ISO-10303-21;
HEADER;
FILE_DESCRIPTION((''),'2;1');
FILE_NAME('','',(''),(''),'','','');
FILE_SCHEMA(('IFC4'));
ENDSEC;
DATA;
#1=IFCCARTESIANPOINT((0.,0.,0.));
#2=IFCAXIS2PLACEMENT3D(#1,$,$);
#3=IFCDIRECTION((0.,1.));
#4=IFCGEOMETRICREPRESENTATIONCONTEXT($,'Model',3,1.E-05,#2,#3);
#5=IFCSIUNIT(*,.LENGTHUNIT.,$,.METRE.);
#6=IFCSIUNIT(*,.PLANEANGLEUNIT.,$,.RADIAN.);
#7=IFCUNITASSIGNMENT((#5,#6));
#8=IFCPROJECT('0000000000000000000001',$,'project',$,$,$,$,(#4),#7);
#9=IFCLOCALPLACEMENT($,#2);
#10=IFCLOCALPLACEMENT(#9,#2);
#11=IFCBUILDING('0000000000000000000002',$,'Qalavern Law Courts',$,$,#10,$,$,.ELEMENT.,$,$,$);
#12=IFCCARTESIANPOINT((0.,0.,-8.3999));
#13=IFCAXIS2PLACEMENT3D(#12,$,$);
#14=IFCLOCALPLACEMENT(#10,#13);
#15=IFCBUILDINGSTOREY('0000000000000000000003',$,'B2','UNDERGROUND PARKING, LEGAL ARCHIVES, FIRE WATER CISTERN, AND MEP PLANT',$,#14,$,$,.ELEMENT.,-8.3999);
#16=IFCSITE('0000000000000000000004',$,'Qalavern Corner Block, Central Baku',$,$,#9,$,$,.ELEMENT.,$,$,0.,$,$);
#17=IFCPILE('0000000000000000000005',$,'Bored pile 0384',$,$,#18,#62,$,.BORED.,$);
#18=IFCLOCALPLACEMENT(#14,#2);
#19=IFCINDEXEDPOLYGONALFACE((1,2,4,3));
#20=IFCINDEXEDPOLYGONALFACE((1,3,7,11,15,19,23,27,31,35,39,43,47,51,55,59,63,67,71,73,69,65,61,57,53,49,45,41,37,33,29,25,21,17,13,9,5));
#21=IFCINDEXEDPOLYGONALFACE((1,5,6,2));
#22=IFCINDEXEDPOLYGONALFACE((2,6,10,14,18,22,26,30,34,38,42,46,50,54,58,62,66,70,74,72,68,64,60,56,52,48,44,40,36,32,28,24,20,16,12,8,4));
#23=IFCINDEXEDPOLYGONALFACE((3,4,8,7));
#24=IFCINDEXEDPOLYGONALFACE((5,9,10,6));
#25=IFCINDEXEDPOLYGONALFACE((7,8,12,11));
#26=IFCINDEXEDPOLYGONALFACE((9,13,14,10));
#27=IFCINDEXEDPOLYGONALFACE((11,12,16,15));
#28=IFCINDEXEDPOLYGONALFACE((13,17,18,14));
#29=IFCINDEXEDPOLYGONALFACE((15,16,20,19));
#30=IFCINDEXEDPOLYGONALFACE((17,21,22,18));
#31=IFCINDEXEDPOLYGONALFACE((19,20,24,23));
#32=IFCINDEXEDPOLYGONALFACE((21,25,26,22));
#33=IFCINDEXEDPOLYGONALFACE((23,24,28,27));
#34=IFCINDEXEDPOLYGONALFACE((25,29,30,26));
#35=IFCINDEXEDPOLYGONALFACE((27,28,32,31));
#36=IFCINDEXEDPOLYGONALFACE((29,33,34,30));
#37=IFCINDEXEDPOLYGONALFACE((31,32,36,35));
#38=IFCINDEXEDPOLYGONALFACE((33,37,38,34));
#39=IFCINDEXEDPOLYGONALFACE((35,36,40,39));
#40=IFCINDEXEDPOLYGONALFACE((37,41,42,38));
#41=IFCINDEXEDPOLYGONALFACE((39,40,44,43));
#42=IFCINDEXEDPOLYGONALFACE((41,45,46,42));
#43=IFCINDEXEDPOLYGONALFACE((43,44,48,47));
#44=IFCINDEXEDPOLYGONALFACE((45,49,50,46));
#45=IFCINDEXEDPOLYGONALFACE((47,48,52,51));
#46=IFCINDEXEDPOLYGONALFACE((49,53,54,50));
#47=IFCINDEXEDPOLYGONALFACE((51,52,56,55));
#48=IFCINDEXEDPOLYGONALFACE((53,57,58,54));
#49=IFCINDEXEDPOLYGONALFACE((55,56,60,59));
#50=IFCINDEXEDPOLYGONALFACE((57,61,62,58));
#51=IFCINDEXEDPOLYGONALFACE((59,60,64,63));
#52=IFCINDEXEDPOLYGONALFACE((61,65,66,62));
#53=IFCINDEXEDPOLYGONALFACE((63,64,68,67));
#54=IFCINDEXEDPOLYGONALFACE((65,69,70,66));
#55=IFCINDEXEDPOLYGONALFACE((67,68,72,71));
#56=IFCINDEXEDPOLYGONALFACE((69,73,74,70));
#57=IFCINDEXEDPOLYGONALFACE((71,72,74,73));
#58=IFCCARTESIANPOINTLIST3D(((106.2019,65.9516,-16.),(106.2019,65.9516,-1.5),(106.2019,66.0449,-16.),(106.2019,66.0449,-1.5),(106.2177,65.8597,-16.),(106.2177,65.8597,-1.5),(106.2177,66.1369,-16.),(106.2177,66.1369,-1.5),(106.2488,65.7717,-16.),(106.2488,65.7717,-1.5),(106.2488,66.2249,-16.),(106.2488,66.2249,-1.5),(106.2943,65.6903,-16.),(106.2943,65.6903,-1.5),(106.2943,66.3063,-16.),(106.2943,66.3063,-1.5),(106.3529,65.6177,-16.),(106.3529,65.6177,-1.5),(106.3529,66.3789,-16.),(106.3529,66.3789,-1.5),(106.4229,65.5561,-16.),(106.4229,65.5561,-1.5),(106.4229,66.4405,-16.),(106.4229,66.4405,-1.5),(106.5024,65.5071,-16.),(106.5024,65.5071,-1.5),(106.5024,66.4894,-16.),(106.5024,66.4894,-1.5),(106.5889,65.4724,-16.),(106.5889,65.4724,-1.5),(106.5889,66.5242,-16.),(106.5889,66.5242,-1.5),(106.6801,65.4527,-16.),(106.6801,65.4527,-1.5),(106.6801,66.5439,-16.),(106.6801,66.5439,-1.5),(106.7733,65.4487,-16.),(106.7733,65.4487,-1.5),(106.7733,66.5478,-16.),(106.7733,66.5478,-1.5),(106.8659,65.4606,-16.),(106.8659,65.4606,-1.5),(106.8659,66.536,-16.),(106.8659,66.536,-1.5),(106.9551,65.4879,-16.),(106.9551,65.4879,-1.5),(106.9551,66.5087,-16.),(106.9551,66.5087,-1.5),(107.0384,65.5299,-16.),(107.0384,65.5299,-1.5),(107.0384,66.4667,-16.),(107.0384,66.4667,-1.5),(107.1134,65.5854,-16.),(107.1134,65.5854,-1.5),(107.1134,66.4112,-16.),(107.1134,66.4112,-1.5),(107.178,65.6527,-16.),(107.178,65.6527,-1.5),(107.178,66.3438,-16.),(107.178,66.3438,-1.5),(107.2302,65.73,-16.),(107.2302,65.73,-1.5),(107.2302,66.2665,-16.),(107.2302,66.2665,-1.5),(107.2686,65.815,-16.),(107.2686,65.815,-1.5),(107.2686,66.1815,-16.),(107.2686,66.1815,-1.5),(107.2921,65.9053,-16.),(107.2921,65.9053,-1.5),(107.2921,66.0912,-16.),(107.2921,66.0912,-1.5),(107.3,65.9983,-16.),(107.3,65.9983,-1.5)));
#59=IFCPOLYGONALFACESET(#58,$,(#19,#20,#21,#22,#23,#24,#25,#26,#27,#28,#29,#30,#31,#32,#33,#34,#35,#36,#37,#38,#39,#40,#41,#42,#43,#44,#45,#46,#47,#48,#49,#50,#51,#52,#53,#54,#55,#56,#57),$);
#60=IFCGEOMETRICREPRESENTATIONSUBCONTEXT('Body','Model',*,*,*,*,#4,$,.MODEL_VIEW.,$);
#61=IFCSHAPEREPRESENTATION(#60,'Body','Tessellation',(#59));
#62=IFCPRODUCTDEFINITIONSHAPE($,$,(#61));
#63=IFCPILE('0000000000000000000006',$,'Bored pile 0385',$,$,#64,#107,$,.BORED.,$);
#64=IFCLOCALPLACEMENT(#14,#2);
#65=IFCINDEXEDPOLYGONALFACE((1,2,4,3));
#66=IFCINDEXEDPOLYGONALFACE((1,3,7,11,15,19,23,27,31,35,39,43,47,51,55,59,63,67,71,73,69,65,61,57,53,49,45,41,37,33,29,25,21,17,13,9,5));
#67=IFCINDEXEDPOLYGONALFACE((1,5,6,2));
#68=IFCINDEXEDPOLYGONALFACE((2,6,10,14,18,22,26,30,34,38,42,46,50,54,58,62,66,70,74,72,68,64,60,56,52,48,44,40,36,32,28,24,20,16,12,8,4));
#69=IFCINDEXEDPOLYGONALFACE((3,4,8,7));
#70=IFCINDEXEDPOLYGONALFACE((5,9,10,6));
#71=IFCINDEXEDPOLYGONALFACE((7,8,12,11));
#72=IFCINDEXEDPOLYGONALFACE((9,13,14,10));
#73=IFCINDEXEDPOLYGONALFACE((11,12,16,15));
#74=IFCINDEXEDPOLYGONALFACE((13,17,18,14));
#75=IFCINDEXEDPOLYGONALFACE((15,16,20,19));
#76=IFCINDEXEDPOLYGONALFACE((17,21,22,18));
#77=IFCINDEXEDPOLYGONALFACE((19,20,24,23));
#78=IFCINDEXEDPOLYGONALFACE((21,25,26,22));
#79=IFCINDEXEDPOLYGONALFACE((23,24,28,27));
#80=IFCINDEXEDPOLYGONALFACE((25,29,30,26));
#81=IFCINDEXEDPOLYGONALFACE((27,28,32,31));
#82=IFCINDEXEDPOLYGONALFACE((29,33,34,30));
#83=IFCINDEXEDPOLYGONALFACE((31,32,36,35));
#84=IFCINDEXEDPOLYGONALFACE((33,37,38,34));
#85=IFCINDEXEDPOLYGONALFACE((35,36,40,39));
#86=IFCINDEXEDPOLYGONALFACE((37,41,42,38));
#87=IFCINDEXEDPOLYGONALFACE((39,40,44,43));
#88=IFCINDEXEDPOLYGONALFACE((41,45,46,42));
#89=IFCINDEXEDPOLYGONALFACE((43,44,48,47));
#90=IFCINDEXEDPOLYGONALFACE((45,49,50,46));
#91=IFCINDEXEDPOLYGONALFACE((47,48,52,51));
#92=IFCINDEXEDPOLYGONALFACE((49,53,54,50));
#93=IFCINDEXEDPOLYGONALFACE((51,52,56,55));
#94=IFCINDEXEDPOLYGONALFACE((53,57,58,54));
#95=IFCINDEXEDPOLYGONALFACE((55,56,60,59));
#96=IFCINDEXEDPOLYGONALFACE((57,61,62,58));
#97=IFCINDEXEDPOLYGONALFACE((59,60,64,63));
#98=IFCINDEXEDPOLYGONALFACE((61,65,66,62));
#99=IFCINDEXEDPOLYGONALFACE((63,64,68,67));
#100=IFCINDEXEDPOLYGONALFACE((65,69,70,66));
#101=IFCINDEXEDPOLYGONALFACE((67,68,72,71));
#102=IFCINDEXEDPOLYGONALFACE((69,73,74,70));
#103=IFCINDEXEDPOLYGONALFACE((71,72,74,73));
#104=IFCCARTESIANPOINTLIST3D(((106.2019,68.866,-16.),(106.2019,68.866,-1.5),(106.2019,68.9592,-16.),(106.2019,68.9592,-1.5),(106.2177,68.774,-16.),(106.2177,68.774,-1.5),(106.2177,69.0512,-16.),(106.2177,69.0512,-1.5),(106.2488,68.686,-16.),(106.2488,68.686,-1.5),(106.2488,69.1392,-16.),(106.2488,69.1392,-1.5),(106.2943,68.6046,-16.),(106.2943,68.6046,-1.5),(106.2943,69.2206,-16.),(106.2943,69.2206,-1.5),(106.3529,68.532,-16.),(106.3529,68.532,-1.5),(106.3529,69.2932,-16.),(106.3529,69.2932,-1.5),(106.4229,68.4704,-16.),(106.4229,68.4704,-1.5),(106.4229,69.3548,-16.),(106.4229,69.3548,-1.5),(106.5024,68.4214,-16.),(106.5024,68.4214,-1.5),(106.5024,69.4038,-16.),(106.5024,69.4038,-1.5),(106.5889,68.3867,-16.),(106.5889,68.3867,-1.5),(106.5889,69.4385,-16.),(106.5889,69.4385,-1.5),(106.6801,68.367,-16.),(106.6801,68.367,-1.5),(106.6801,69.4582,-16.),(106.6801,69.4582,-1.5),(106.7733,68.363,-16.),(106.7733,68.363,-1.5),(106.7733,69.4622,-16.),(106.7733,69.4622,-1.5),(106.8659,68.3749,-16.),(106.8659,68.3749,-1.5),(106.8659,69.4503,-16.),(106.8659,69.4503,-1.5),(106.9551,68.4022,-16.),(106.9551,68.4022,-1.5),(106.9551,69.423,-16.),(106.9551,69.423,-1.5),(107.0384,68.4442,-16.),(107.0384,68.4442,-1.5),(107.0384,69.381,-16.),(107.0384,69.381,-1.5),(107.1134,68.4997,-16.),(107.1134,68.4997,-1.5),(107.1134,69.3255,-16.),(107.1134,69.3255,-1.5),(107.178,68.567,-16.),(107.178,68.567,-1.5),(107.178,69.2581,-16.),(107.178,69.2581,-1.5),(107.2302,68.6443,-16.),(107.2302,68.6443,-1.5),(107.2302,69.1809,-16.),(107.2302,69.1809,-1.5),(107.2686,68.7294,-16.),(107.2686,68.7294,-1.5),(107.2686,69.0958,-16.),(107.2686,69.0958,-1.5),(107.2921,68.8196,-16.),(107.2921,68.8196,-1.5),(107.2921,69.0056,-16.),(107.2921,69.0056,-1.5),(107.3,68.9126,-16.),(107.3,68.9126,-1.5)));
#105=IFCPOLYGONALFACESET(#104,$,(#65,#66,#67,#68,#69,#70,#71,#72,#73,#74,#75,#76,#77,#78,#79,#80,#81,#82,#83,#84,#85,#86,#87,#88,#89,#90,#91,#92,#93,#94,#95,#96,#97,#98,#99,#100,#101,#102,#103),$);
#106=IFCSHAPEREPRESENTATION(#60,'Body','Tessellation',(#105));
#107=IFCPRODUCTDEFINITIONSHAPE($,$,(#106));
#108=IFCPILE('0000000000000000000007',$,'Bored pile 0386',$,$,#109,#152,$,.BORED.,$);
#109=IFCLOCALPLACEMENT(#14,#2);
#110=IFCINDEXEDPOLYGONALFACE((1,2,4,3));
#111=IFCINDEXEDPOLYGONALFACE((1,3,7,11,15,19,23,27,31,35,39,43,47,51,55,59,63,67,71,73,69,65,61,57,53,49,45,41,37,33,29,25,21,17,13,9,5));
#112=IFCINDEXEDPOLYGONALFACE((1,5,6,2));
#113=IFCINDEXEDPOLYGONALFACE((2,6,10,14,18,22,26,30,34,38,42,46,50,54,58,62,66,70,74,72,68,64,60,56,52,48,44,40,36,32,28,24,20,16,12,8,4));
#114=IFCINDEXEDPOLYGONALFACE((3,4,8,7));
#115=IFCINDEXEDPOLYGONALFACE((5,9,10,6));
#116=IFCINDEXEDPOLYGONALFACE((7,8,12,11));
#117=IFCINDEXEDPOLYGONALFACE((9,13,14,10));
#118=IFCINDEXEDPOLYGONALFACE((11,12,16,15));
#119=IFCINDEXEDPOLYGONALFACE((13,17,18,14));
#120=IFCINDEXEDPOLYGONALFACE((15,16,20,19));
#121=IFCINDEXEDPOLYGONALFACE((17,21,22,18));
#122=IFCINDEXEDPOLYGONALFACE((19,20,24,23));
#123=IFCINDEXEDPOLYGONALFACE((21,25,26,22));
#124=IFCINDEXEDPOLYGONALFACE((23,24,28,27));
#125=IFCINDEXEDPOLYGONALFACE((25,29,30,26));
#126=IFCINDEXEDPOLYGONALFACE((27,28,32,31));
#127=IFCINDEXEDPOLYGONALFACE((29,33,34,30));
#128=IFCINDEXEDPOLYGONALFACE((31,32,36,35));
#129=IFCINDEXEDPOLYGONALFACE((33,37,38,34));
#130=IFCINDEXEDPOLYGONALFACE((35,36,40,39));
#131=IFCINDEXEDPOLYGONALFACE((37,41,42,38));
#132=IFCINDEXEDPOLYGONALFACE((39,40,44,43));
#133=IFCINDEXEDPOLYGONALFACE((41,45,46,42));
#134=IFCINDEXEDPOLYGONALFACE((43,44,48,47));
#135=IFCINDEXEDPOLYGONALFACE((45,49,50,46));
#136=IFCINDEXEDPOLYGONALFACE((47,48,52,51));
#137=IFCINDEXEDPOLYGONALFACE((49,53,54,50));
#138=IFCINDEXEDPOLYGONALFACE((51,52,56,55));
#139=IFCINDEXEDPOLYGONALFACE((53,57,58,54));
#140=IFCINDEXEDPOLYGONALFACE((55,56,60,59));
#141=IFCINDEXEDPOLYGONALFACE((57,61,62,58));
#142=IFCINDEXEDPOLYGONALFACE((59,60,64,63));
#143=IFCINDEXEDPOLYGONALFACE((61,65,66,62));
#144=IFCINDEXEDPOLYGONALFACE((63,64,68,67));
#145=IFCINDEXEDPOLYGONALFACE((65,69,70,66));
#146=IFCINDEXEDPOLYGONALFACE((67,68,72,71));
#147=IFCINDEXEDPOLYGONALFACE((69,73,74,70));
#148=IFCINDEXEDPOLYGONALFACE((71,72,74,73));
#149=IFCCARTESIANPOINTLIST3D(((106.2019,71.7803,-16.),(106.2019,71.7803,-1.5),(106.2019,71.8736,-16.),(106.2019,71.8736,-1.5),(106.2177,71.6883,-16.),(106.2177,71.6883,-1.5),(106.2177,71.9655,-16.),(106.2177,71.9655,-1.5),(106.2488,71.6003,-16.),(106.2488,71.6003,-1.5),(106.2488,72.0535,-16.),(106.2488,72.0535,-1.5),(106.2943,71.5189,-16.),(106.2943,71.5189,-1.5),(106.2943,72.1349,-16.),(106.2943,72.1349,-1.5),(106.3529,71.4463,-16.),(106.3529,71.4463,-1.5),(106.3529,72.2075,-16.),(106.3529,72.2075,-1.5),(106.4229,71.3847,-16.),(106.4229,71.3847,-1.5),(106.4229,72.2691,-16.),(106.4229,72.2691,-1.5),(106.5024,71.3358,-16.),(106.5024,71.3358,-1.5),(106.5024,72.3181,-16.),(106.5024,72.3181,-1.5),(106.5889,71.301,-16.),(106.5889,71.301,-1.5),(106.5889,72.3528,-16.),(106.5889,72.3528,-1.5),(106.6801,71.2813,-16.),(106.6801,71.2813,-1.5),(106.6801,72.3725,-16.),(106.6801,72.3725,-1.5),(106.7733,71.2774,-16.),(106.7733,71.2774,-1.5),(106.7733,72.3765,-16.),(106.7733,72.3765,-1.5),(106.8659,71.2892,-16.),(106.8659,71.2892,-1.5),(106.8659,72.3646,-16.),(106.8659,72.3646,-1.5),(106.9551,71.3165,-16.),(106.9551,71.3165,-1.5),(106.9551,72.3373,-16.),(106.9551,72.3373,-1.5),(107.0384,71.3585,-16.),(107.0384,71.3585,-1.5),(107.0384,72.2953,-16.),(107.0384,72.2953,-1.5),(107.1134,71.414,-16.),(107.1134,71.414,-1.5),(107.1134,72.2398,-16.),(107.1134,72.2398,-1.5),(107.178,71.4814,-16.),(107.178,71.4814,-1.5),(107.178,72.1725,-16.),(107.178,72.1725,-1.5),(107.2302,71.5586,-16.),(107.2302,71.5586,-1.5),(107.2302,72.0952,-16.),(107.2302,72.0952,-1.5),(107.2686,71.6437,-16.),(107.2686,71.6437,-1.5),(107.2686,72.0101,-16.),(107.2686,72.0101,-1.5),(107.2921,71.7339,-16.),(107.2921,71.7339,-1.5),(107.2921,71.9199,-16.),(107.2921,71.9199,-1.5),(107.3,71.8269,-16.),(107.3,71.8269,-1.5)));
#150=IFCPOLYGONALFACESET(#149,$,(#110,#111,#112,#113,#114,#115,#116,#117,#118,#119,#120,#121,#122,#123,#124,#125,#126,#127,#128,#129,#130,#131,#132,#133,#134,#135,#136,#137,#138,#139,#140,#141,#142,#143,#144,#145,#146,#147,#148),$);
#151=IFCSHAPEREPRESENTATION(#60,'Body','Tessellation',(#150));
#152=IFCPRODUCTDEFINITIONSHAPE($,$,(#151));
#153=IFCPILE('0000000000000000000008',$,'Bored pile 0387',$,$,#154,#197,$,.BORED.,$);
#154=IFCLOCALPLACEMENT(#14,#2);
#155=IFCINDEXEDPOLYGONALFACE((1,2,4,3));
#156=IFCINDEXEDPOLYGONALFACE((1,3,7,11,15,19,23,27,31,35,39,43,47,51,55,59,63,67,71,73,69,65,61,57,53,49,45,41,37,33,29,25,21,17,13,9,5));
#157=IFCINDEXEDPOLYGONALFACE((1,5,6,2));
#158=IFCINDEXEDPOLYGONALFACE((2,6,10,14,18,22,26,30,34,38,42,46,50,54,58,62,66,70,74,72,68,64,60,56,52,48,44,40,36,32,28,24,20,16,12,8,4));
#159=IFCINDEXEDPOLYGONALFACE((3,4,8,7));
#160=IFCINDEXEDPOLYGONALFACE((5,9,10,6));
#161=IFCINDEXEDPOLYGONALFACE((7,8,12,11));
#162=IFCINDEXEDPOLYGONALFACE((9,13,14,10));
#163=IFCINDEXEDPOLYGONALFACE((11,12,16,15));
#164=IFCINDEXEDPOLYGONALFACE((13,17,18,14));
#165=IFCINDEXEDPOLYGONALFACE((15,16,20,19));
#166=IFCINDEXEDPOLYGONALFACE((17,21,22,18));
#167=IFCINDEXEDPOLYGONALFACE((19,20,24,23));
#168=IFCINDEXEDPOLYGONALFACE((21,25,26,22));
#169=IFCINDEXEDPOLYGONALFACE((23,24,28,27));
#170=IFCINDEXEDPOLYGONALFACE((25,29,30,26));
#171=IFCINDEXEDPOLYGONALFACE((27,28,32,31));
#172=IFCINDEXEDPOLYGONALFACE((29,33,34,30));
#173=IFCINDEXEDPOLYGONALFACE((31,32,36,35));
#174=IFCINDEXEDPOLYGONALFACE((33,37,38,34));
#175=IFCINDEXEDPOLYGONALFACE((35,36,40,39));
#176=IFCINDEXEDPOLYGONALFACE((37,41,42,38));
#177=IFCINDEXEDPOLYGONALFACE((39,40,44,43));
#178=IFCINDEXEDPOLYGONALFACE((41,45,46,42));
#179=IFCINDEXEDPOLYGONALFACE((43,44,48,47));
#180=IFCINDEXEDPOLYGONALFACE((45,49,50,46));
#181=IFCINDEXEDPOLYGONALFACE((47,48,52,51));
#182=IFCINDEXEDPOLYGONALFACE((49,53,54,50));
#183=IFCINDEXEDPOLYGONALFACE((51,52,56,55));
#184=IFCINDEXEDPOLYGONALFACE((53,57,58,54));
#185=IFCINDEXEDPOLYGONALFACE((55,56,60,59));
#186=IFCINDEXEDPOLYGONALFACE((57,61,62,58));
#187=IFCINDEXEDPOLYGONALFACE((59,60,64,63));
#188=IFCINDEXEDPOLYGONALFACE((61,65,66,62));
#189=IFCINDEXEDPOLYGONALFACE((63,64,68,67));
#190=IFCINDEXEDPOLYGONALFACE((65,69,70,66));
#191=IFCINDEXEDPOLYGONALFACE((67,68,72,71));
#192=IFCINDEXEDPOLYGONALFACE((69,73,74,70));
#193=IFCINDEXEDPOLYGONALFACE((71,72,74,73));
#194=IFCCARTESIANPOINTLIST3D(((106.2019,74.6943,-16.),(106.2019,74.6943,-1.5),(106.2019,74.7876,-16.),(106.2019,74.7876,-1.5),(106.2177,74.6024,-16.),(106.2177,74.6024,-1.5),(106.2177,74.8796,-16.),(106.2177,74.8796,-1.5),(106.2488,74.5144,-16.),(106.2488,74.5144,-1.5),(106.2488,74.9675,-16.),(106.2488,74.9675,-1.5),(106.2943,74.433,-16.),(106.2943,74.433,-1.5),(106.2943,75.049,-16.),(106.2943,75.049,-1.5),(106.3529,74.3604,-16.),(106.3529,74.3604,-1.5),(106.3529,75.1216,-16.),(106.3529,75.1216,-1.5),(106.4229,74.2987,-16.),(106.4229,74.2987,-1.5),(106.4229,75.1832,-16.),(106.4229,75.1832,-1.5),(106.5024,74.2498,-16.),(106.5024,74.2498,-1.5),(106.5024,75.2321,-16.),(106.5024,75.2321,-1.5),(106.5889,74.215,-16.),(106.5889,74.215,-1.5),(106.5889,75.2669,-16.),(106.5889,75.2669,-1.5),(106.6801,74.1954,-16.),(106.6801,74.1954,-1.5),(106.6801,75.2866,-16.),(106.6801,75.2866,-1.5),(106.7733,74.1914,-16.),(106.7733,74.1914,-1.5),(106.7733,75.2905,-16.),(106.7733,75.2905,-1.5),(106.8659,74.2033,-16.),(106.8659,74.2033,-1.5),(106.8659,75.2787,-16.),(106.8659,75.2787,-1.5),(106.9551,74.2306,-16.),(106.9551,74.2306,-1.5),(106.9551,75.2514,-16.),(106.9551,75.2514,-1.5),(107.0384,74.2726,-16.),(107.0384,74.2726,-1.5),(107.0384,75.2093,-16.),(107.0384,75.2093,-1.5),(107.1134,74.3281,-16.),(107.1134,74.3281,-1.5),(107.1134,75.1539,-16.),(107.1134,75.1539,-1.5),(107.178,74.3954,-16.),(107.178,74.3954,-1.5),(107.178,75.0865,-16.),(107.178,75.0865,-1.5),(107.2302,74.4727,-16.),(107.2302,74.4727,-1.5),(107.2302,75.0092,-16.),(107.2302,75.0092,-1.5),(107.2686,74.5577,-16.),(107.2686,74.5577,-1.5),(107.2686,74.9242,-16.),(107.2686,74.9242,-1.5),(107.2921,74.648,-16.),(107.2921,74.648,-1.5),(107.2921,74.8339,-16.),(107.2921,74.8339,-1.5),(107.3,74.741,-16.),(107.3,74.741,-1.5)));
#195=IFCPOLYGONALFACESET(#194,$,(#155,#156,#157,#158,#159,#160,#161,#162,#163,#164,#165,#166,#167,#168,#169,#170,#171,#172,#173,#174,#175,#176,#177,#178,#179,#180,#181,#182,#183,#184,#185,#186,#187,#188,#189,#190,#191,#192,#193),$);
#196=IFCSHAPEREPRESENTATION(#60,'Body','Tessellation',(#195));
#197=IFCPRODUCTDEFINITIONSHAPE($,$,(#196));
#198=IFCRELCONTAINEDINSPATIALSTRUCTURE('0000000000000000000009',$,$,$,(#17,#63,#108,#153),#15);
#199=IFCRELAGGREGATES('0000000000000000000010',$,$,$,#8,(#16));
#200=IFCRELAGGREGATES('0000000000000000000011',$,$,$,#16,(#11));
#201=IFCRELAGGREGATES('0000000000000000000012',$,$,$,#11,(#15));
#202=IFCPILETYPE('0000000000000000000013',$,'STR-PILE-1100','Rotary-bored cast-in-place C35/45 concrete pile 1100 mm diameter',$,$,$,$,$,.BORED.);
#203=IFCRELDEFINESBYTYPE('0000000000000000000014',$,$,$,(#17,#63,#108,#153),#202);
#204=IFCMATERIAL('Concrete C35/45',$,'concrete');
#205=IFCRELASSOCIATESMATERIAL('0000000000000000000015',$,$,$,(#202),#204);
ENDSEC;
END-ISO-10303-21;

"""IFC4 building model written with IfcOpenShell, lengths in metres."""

from ifc_helpers import new_model, si_unit, direction, frame, origin, origin_2d, place, context, subcontext, project, spatial, circle, extrude, material, material_profile, profile_set, type_object, element, save


model = new_model("IFC4")

# Units and contexts
model_context = context("Model", 3, precision=1e-05, world=origin(), true_north=direction((0.0, 1.0)))
body_context = subcontext(model_context, "Body", "Model", "MODEL_VIEW")
ifc_project = project(units=[si_unit("LENGTHUNIT", "METRE"), si_unit("PLANEANGLEUNIT", "RADIAN")], contexts=[model_context])

# Site, building, storey
site_placement = place(None, origin())
site = spatial("IfcSite", under=ifc_project, at=site_placement, Name="Qalavern Corner Block, Central Baku", CompositionType="ELEMENT", RefElevation=0.0)
building_placement = place(site_placement, origin())
building = spatial("IfcBuilding", under=site, at=building_placement, Name="Qalavern Law Courts", CompositionType="ELEMENT")
storey_placement = place(building_placement, frame((0.0, 0.0, -8.3999)))
storey = spatial("IfcBuildingStorey", under=building, at=storey_placement, Name="B2", Description="UNDERGROUND PARKING, LEGAL ARCHIVES, FIRE WATER CISTERN, AND MEP PLANT", CompositionType="ELEMENT", Elevation=-8.3999)

# Shared definitions
ifc_material_1 = material(Name="Concrete C35/45", Category="concrete")

# Piles
ifc_material_profile_1 = material_profile(ifc_material_1, circle(Radius=0.55, at=origin_2d()), Name="BORED PILE 1100")
ifc_profile_set_1 = profile_set([ifc_material_profile_1], Name="Concrete C35/45")
pile_type_1 = type_object("IfcPileType", Name="STR-PILE-1100", Description="Rotary-bored cast-in-place C35/45 concrete pile 1100 mm diameter", PredefinedType="BORED", material=ifc_profile_set_1)
for number, where, z_axis, x_axis, name in (
    (1, (106.75, 65.9983, -1.5), (0.0, 0.0, -1.0), (1.0, 0.0, 0.0), "Bored pile 0384"),
    (2, (106.75, 68.9126, -1.5), (0.0, 0.0, -1.0), (1.0, 0.0, 0.0), "Bored pile 0385"),
    (3, (106.75, 71.8269, -1.5), (0.0, 0.0, -1.0), (1.0, 0.0, 0.0), "Bored pile 0386"),
    (4, (106.75, 74.741, -1.5), (0.0, 0.0, -1.0), (1.0, 0.0, 0.0), "Bored pile 0387"),
):
    element("IfcPile", number, at=place(storey_placement, frame(where, z_axis=z_axis, x_axis=x_axis)), inside=storey, type_object=pile_type_1, Name=name, PredefinedType="BORED", context=body_context, shape_type="SweptSolid", body=[
        extrude(circle(Radius=0.55, at=origin_2d()), origin(), (0.0, 0.0, 1.0), 14.5),
    ])

save(model, "model.ifc")
